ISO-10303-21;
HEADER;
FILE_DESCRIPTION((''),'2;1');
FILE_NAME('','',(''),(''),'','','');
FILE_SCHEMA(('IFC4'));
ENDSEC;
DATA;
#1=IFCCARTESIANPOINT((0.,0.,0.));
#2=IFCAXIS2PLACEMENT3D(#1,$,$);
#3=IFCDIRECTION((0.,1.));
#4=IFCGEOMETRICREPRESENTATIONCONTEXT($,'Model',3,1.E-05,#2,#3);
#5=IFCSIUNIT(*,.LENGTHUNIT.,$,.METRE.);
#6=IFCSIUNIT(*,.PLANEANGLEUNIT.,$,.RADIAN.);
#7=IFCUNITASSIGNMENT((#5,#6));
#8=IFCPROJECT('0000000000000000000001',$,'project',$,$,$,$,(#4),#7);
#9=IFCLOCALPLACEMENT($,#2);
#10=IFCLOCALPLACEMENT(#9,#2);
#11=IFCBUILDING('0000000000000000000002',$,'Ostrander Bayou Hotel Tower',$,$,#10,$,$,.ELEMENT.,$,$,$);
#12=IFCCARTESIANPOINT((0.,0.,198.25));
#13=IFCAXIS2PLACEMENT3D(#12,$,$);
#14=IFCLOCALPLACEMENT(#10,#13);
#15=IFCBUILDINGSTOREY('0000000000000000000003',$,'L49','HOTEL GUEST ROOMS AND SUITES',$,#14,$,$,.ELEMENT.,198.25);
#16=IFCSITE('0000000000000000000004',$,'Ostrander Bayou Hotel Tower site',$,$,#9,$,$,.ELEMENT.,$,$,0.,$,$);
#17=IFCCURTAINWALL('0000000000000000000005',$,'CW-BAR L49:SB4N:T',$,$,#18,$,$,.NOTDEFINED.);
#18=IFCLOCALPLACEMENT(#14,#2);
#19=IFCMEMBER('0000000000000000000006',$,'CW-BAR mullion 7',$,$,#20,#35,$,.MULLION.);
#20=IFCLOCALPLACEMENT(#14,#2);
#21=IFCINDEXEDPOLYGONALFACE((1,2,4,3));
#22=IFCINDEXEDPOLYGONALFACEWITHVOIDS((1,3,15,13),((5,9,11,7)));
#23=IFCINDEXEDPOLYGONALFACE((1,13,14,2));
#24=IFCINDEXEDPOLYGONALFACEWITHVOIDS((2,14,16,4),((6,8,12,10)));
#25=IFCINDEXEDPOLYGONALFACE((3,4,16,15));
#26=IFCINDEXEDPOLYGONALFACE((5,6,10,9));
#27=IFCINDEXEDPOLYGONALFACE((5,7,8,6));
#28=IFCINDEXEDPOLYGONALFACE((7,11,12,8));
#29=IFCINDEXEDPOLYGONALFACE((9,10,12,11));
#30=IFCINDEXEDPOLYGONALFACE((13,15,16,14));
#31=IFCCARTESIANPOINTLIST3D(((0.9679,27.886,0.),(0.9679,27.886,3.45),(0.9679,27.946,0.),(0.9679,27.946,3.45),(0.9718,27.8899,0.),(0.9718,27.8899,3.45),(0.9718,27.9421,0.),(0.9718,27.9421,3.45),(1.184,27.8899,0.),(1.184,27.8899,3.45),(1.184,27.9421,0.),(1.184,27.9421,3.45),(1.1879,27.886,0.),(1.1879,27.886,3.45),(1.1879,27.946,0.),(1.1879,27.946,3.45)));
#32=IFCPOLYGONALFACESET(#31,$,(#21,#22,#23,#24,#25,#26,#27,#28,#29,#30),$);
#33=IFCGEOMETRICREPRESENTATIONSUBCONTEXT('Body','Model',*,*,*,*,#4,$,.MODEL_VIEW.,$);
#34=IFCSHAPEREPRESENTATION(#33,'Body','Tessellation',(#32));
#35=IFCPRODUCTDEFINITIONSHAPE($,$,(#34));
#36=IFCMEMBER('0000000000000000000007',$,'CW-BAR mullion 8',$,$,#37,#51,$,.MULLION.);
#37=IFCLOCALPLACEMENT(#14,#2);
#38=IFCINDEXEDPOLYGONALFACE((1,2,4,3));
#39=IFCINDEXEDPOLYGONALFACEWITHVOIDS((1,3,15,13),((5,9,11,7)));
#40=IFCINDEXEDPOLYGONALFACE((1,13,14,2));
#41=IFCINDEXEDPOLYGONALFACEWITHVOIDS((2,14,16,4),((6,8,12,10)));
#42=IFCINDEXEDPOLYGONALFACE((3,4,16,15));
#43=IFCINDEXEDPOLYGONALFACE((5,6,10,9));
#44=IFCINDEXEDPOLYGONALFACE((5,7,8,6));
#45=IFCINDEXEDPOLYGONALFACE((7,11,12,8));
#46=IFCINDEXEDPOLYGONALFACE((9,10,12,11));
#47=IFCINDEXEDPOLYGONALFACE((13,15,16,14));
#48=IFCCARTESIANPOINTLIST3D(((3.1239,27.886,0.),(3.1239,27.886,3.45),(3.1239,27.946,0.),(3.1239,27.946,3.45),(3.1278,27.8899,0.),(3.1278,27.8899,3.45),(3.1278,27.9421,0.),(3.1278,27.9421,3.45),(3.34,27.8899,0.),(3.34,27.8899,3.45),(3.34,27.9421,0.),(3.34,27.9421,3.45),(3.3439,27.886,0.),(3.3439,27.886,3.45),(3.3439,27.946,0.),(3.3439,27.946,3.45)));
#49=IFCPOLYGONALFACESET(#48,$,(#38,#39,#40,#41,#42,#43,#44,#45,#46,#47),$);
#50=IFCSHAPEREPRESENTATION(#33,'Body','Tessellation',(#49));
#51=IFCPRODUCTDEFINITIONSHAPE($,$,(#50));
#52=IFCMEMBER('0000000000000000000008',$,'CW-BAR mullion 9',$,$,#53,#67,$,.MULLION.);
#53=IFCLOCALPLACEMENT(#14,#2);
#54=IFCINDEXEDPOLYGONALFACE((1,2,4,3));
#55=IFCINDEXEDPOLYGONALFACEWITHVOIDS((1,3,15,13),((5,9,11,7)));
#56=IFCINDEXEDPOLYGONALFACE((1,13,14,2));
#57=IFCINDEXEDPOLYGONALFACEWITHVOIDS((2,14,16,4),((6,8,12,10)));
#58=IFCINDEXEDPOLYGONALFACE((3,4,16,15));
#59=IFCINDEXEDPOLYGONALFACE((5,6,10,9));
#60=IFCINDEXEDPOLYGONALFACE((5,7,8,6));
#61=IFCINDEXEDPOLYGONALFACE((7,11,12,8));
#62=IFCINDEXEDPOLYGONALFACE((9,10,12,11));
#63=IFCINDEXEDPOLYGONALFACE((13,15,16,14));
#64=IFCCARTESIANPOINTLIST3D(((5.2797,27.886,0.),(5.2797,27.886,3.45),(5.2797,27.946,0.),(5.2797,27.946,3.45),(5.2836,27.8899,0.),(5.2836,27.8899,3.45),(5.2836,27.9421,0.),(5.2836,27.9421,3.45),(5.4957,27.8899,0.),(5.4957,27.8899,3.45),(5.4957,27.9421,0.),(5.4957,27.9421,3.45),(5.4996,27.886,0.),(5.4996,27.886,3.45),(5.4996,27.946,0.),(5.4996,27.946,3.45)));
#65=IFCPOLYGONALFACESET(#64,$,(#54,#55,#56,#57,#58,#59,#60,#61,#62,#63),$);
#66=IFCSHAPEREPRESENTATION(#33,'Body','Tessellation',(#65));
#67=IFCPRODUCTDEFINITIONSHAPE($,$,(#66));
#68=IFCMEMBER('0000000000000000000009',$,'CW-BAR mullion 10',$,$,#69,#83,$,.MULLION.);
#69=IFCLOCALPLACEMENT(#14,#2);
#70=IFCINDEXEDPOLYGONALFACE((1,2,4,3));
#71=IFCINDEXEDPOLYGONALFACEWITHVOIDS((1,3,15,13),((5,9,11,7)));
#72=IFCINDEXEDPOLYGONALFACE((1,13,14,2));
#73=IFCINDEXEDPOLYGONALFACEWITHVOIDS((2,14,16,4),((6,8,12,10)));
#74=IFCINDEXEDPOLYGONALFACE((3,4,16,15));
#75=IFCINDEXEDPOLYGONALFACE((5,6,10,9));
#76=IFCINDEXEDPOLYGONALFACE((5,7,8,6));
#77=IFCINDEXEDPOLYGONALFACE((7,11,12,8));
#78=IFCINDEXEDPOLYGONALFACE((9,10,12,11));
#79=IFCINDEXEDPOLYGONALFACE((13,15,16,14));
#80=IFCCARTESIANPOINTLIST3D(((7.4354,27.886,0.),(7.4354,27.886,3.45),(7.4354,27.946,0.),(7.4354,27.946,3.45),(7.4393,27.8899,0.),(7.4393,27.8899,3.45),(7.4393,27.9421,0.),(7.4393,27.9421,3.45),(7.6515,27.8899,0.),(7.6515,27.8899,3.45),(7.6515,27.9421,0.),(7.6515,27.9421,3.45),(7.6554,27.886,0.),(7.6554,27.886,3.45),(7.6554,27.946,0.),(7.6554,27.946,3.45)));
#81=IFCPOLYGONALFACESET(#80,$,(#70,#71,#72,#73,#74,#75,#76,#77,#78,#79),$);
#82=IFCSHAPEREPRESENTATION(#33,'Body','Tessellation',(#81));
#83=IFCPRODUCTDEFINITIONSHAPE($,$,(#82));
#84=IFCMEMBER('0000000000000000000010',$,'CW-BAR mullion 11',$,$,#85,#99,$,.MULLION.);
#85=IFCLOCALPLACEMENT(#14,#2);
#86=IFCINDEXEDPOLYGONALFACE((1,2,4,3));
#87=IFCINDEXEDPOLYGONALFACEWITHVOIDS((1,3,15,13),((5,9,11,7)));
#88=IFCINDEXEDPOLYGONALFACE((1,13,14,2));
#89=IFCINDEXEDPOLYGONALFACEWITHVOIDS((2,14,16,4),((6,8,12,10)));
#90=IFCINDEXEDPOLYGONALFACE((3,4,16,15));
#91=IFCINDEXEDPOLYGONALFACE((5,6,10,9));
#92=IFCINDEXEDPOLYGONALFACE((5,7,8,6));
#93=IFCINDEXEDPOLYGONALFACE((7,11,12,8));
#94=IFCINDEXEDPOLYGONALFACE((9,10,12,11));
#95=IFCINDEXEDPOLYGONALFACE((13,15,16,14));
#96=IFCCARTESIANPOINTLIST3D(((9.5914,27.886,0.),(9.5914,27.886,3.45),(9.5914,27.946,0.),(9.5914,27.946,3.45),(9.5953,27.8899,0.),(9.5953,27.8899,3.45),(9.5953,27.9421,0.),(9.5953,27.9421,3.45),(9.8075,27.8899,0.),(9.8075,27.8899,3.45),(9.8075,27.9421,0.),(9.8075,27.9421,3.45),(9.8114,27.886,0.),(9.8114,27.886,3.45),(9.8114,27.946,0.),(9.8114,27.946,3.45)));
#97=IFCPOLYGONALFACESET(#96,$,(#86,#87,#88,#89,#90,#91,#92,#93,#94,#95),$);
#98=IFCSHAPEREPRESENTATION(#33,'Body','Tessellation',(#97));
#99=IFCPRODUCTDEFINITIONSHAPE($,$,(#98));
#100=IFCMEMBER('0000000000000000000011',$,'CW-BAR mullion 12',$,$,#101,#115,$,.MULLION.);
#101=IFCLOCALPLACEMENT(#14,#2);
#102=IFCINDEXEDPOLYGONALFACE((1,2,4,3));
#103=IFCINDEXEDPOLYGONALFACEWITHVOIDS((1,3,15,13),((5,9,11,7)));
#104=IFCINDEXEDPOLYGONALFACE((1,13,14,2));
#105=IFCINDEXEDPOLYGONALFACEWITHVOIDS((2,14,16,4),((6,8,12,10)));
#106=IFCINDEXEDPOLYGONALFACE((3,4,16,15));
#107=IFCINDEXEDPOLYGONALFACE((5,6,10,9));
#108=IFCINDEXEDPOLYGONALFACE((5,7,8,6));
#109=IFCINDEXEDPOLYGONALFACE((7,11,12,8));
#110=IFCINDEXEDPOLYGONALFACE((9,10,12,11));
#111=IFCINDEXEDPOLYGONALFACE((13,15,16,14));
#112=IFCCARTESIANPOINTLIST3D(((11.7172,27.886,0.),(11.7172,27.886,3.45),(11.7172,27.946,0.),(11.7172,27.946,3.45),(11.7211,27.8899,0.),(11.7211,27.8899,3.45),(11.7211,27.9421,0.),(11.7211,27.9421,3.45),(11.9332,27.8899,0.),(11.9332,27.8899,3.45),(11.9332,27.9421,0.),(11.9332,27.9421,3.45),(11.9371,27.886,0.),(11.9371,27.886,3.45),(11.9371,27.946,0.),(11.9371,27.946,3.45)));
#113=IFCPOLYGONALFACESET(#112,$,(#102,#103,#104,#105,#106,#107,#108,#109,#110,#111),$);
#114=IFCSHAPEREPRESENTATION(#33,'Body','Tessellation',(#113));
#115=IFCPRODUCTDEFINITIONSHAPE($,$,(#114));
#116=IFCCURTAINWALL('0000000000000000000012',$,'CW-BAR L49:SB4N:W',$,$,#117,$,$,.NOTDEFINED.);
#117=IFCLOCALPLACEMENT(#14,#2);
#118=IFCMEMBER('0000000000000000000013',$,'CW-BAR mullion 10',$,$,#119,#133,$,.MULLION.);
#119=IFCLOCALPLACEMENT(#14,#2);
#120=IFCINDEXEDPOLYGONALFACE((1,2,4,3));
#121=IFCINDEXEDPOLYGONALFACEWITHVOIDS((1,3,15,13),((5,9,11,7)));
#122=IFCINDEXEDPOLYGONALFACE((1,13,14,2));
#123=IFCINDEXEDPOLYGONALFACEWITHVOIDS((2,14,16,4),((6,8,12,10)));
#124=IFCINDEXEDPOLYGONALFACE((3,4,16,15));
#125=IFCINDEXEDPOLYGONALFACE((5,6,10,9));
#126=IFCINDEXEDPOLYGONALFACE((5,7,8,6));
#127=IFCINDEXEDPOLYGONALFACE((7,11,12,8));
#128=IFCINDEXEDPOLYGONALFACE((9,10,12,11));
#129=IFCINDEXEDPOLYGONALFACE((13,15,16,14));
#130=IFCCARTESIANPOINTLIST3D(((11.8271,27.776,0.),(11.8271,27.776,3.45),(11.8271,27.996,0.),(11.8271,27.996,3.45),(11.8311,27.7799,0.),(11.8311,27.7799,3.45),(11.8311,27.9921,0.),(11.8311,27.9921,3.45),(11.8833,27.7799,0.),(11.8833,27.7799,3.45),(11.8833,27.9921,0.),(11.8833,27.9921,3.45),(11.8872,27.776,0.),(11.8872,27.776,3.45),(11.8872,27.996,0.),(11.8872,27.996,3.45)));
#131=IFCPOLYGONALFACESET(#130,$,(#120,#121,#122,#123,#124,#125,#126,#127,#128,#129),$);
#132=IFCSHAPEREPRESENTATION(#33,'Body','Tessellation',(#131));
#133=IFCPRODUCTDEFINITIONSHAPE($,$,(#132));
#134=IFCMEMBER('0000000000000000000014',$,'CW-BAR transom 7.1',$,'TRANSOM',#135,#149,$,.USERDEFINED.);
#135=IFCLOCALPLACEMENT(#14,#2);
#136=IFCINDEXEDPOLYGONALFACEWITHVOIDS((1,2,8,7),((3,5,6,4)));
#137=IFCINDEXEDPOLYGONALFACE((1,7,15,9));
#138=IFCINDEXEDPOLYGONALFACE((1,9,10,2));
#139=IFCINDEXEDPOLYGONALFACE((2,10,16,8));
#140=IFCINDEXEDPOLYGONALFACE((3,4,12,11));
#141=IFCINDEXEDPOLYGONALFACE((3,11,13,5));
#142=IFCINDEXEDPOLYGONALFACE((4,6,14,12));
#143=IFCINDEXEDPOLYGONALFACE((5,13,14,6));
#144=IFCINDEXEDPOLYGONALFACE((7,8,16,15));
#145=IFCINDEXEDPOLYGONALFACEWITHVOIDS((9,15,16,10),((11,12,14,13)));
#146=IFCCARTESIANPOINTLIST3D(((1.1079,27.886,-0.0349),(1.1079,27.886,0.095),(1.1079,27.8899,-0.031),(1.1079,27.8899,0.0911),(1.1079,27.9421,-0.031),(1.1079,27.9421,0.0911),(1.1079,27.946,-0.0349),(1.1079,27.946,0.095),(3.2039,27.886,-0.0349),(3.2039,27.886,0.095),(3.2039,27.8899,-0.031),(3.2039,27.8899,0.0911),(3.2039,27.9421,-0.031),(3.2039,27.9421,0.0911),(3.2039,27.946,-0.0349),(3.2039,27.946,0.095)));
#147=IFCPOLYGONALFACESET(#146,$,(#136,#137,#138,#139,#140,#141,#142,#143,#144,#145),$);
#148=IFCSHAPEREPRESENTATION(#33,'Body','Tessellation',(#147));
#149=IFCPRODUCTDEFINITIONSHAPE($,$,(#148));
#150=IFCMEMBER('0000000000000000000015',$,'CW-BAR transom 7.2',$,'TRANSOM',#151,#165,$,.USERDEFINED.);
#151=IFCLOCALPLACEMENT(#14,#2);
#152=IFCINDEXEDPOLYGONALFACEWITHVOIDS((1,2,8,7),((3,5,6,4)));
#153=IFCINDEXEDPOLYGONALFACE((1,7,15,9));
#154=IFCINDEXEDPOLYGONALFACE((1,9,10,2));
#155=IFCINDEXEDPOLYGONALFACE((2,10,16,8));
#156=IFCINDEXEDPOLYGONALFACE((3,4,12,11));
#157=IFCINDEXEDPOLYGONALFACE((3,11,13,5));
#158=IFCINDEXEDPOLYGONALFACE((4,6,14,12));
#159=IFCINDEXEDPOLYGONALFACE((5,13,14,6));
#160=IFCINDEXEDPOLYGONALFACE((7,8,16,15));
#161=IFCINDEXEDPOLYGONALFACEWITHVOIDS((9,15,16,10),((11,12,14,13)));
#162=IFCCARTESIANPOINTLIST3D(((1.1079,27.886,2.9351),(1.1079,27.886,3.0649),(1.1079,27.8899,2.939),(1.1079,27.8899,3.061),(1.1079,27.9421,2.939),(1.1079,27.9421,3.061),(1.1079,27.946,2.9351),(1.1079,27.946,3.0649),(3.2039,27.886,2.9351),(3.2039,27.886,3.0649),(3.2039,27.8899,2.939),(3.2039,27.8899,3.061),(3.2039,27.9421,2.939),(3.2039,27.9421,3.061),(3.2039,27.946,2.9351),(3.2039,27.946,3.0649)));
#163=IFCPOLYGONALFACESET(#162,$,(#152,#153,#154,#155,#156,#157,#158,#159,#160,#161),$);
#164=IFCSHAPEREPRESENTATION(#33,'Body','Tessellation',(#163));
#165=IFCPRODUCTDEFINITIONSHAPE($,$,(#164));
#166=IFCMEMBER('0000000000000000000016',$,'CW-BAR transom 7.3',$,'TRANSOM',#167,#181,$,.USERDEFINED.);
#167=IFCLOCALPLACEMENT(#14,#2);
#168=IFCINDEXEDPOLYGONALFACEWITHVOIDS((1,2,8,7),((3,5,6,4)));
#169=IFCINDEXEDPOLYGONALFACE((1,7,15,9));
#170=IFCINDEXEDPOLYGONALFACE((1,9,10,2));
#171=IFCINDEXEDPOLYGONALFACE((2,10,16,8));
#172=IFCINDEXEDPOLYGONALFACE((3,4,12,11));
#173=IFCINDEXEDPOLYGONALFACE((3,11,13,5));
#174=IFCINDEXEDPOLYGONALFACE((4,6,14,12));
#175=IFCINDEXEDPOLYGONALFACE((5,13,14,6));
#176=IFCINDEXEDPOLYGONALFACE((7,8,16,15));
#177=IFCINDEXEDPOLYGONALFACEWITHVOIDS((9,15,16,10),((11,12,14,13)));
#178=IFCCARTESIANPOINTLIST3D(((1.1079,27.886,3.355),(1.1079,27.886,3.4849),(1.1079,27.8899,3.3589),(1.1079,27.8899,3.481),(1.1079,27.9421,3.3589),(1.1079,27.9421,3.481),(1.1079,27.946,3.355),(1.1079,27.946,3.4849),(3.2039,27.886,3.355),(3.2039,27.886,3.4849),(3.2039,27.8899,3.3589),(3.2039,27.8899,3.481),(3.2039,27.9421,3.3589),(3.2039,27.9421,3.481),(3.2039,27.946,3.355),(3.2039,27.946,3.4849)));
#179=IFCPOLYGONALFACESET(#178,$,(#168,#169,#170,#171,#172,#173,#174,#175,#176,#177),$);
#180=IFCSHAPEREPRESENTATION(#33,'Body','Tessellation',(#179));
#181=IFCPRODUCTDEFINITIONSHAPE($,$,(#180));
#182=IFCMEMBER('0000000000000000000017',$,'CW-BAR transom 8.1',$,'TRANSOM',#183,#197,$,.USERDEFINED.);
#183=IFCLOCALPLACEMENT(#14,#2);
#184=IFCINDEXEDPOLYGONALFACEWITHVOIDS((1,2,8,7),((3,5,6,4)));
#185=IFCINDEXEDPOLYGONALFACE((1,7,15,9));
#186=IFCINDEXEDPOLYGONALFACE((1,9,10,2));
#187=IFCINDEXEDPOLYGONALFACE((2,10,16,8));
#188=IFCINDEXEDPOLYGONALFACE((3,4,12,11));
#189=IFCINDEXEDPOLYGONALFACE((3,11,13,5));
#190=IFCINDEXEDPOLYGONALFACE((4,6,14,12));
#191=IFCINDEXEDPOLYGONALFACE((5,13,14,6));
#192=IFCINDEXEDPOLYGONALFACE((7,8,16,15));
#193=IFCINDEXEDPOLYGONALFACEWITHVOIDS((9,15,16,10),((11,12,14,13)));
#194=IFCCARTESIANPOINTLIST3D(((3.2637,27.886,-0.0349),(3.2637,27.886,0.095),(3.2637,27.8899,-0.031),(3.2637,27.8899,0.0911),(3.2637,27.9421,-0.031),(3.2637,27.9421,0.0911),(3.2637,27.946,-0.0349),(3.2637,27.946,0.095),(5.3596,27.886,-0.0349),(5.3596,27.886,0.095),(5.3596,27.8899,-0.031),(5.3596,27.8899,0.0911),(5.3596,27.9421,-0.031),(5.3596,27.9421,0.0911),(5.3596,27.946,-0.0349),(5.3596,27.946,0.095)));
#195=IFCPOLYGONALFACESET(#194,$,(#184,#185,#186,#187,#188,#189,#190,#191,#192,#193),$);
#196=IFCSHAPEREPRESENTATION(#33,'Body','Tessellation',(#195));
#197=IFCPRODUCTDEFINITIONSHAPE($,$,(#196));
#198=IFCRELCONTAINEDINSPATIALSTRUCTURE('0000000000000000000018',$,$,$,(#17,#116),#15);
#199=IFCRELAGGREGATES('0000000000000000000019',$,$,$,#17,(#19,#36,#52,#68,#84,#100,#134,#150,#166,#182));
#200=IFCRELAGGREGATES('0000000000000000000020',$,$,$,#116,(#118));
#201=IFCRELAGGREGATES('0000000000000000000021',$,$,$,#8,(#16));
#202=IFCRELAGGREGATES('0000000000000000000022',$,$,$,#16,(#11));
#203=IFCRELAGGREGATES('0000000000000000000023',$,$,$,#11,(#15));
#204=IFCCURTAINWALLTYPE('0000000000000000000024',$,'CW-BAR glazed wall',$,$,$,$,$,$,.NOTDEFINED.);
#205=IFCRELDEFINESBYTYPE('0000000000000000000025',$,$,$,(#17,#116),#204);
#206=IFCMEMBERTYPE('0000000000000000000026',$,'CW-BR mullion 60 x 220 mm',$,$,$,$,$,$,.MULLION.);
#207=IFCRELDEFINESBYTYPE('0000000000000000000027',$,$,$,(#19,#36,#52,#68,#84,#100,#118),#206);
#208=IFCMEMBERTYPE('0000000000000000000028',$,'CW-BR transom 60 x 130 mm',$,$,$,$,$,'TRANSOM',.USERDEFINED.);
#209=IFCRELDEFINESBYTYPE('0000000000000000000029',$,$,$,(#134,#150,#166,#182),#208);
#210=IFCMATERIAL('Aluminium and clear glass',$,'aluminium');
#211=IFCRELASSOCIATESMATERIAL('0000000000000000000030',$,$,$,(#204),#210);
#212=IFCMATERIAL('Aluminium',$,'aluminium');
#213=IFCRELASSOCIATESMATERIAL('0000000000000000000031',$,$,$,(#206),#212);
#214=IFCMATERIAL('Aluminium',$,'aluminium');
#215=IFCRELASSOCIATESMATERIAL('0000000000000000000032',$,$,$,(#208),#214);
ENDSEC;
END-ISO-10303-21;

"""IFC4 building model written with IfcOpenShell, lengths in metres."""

from ifc_helpers import new_model, si_unit, direction, frame, origin, origin_2d, place, context, subcontext, project, spatial, hollow_rectangle, extrude, material, material_profile, profile_set, type_object, element, aggregate, save


model = new_model("IFC4")

# Units and contexts
model_context = context("Model", 3, precision=1e-05, world=origin(), true_north=direction((0.0, 1.0)))
body_context = subcontext(model_context, "Body", "Model", "MODEL_VIEW")
ifc_project = project(units=[si_unit("LENGTHUNIT", "METRE"), si_unit("PLANEANGLEUNIT", "RADIAN")], contexts=[model_context])

# Site, building, storey
site_placement = place(None, origin())
site = spatial("IfcSite", under=ifc_project, at=site_placement, Name="Ostrander Bayou Hotel Tower site", CompositionType="ELEMENT", RefElevation=0.0)
building_placement = place(site_placement, origin())
building = spatial("IfcBuilding", under=site, at=building_placement, Name="Ostrander Bayou Hotel Tower", CompositionType="ELEMENT")
storey_placement = place(building_placement, frame((0.0, 0.0, 198.25)))
storey = spatial("IfcBuildingStorey", under=building, at=storey_placement, Name="L49", Description="HOTEL GUEST ROOMS AND SUITES", CompositionType="ELEMENT", Elevation=198.25)

# Curtain wall, members
ifc_material_1 = material(Name="Aluminium and clear glass", Category="aluminium")
curtain_wall_type = type_object("IfcCurtainWallType", Name="CW-BAR glazed wall", PredefinedType="NOTDEFINED", material=ifc_material_1)
curtain_wall_1_placement = place(storey_placement, origin())
curtain_wall_1 = element("IfcCurtainWall", 1, at=curtain_wall_1_placement, inside=storey, type_object=curtain_wall_type, Name="CW-BAR L49:SB4N:T", PredefinedType="NOTDEFINED")
ifc_material_2 = material(Name="Aluminium", Category="aluminium")
ifc_material_profile_1 = material_profile(ifc_material_2, hollow_rectangle(XDim=0.0601, YDim=0.22, WallThickness=0.0039, at=origin_2d()))
ifc_profile_set_1 = profile_set([ifc_material_profile_1], Name="Aluminium")
member_type_1 = type_object("IfcMemberType", Name="CW-BR mullion 60 x 220 mm", PredefinedType="MULLION", material=ifc_profile_set_1)
member_1_placement = place(storey_placement, frame((1.0779, 27.916, 0.0), z_axis=(0.0, 0.0, 1.0), x_axis=(0.0, 1.0, 0.0)))
member_1 = element("IfcMember", 2, at=member_1_placement, type_object=member_type_1, Name="CW-BAR mullion 7", PredefinedType="MULLION", context=body_context, shape_type="SweptSolid", body=[
    extrude(hollow_rectangle(XDim=0.0601, YDim=0.22, WallThickness=0.0039, at=origin_2d()), origin(), (0.0, 0.0, 1.0), 3.45),
])
member_2_placement = place(storey_placement, frame((3.2339, 27.916, 0.0), z_axis=(0.0, 0.0, 1.0), x_axis=(0.0, 1.0, 0.0)))
member_2 = element("IfcMember", 3, at=member_2_placement, type_object=member_type_1, Name="CW-BAR mullion 8", PredefinedType="MULLION", context=body_context, shape_type="SweptSolid", body=[
    extrude(hollow_rectangle(XDim=0.0601, YDim=0.22, WallThickness=0.0039, at=origin_2d()), origin(), (0.0, 0.0, 1.0), 3.45),
])
member_3_placement = place(storey_placement, frame((5.3896, 27.916, 0.0), z_axis=(0.0, 0.0, 1.0), x_axis=(0.0, 1.0, 0.0)))
member_3 = element("IfcMember", 4, at=member_3_placement, type_object=member_type_1, Name="CW-BAR mullion 9", PredefinedType="MULLION", context=body_context, shape_type="SweptSolid", body=[
    extrude(hollow_rectangle(XDim=0.0601, YDim=0.22, WallThickness=0.0039, at=origin_2d()), origin(), (0.0, 0.0, 1.0), 3.45),
])
member_4_placement = place(storey_placement, frame((7.5454, 27.916, 0.0), z_axis=(0.0, 0.0, 1.0), x_axis=(0.0, 1.0, 0.0)))
member_4 = element("IfcMember", 5, at=member_4_placement, type_object=member_type_1, Name="CW-BAR mullion 10", PredefinedType="MULLION", context=body_context, shape_type="SweptSolid", body=[
    extrude(hollow_rectangle(XDim=0.0601, YDim=0.22, WallThickness=0.0039, at=origin_2d()), origin(), (0.0, 0.0, 1.0), 3.45),
])
member_5_placement = place(storey_placement, frame((9.7014, 27.916, 0.0), z_axis=(0.0, 0.0, 1.0), x_axis=(0.0, 1.0, 0.0)))
member_5 = element("IfcMember", 6, at=member_5_placement, type_object=member_type_1, Name="CW-BAR mullion 11", PredefinedType="MULLION", context=body_context, shape_type="SweptSolid", body=[
    extrude(hollow_rectangle(XDim=0.0601, YDim=0.22, WallThickness=0.0039, at=origin_2d()), origin(), (0.0, 0.0, 1.0), 3.45),
])
member_6_placement = place(storey_placement, frame((11.8271, 27.916, 0.0), z_axis=(0.0, 0.0, 1.0), x_axis=(0.0, 1.0, 0.0)))
member_6 = element("IfcMember", 7, at=member_6_placement, type_object=member_type_1, Name="CW-BAR mullion 12", PredefinedType="MULLION", context=body_context, shape_type="SweptSolid", body=[
    extrude(hollow_rectangle(XDim=0.0601, YDim=0.22, WallThickness=0.0039, at=origin_2d()), origin(), (0.0, 0.0, 1.0), 3.45),
])

# Curtain wall, member
curtain_wall_2_placement = place(storey_placement, origin())
curtain_wall_2 = element("IfcCurtainWall", 8, at=curtain_wall_2_placement, inside=storey, type_object=curtain_wall_type, Name="CW-BAR L49:SB4N:W", PredefinedType="NOTDEFINED")
member_7_placement = place(storey_placement, frame((11.8572, 27.886, 0.0), z_axis=(0.0, 0.0, 1.0), x_axis=(-1.0, 0.0, 0.0)))
member_7 = element("IfcMember", 9, at=member_7_placement, type_object=member_type_1, Name="CW-BAR mullion 10", PredefinedType="MULLION", context=body_context, shape_type="SweptSolid", body=[
    extrude(hollow_rectangle(XDim=0.0601, YDim=0.22, WallThickness=0.0039, at=origin_2d()), origin(), (0.0, 0.0, 1.0), 3.45),
])

# Members
ifc_material_3 = material(Name="Aluminium", Category="aluminium")
ifc_material_profile_2 = material_profile(ifc_material_3, hollow_rectangle(XDim=0.0601, YDim=0.1299, WallThickness=0.0039, at=origin_2d()))
ifc_profile_set_2 = profile_set([ifc_material_profile_2], Name="Aluminium")
member_type_2 = type_object("IfcMemberType", Name="CW-BR transom 60 x 130 mm", ElementType="TRANSOM", PredefinedType="USERDEFINED", material=ifc_profile_set_2)
member_8_placement = place(storey_placement, frame((1.1079, 27.916, 0.03), z_axis=(1.0, 0.0, 0.0), x_axis=(0.0, 1.0, 0.0)))
member_8 = element("IfcMember", 10, at=member_8_placement, type_object=member_type_2, Name="CW-BAR transom 7.1", ObjectType="TRANSOM", PredefinedType="USERDEFINED", context=body_context, shape_type="SweptSolid", body=[
    extrude(hollow_rectangle(XDim=0.0601, YDim=0.1299, WallThickness=0.0039, at=origin_2d()), origin(), (0.0, 0.0, 1.0), 2.0959),
])
member_9_placement = place(storey_placement, frame((1.1079, 27.916, 3.0), z_axis=(1.0, 0.0, 0.0), x_axis=(0.0, 1.0, 0.0)))
member_9 = element("IfcMember", 11, at=member_9_placement, type_object=member_type_2, Name="CW-BAR transom 7.2", ObjectType="TRANSOM", PredefinedType="USERDEFINED", context=body_context, shape_type="SweptSolid", body=[
    extrude(hollow_rectangle(XDim=0.0601, YDim=0.1299, WallThickness=0.0039, at=origin_2d()), origin(), (0.0, 0.0, 1.0), 2.0959),
])
member_10_placement = place(storey_placement, frame((1.1079, 27.916, 3.4199), z_axis=(1.0, 0.0, 0.0), x_axis=(0.0, 1.0, 0.0)))
member_10 = element("IfcMember", 12, at=member_10_placement, type_object=member_type_2, Name="CW-BAR transom 7.3", ObjectType="TRANSOM", PredefinedType="USERDEFINED", context=body_context, shape_type="SweptSolid", body=[
    extrude(hollow_rectangle(XDim=0.0601, YDim=0.1299, WallThickness=0.0039, at=origin_2d()), origin(), (0.0, 0.0, 1.0), 2.0959),
])
member_11_placement = place(storey_placement, frame((3.2637, 27.916, 0.03), z_axis=(1.0, 0.0, 0.0), x_axis=(0.0, 1.0, 0.0)))
member_11 = element("IfcMember", 13, at=member_11_placement, type_object=member_type_2, Name="CW-BAR transom 8.1", ObjectType="TRANSOM", PredefinedType="USERDEFINED", context=body_context, shape_type="SweptSolid", body=[
    extrude(hollow_rectangle(XDim=0.0601, YDim=0.1299, WallThickness=0.0039, at=origin_2d()), origin(), (0.0, 0.0, 1.0), 2.0959),
])

aggregate(curtain_wall_1, [member_1, member_2, member_3, member_4, member_5, member_6, member_8, member_9, member_10, member_11])
aggregate(curtain_wall_2, [member_7])

save(model, "model.ifc")
